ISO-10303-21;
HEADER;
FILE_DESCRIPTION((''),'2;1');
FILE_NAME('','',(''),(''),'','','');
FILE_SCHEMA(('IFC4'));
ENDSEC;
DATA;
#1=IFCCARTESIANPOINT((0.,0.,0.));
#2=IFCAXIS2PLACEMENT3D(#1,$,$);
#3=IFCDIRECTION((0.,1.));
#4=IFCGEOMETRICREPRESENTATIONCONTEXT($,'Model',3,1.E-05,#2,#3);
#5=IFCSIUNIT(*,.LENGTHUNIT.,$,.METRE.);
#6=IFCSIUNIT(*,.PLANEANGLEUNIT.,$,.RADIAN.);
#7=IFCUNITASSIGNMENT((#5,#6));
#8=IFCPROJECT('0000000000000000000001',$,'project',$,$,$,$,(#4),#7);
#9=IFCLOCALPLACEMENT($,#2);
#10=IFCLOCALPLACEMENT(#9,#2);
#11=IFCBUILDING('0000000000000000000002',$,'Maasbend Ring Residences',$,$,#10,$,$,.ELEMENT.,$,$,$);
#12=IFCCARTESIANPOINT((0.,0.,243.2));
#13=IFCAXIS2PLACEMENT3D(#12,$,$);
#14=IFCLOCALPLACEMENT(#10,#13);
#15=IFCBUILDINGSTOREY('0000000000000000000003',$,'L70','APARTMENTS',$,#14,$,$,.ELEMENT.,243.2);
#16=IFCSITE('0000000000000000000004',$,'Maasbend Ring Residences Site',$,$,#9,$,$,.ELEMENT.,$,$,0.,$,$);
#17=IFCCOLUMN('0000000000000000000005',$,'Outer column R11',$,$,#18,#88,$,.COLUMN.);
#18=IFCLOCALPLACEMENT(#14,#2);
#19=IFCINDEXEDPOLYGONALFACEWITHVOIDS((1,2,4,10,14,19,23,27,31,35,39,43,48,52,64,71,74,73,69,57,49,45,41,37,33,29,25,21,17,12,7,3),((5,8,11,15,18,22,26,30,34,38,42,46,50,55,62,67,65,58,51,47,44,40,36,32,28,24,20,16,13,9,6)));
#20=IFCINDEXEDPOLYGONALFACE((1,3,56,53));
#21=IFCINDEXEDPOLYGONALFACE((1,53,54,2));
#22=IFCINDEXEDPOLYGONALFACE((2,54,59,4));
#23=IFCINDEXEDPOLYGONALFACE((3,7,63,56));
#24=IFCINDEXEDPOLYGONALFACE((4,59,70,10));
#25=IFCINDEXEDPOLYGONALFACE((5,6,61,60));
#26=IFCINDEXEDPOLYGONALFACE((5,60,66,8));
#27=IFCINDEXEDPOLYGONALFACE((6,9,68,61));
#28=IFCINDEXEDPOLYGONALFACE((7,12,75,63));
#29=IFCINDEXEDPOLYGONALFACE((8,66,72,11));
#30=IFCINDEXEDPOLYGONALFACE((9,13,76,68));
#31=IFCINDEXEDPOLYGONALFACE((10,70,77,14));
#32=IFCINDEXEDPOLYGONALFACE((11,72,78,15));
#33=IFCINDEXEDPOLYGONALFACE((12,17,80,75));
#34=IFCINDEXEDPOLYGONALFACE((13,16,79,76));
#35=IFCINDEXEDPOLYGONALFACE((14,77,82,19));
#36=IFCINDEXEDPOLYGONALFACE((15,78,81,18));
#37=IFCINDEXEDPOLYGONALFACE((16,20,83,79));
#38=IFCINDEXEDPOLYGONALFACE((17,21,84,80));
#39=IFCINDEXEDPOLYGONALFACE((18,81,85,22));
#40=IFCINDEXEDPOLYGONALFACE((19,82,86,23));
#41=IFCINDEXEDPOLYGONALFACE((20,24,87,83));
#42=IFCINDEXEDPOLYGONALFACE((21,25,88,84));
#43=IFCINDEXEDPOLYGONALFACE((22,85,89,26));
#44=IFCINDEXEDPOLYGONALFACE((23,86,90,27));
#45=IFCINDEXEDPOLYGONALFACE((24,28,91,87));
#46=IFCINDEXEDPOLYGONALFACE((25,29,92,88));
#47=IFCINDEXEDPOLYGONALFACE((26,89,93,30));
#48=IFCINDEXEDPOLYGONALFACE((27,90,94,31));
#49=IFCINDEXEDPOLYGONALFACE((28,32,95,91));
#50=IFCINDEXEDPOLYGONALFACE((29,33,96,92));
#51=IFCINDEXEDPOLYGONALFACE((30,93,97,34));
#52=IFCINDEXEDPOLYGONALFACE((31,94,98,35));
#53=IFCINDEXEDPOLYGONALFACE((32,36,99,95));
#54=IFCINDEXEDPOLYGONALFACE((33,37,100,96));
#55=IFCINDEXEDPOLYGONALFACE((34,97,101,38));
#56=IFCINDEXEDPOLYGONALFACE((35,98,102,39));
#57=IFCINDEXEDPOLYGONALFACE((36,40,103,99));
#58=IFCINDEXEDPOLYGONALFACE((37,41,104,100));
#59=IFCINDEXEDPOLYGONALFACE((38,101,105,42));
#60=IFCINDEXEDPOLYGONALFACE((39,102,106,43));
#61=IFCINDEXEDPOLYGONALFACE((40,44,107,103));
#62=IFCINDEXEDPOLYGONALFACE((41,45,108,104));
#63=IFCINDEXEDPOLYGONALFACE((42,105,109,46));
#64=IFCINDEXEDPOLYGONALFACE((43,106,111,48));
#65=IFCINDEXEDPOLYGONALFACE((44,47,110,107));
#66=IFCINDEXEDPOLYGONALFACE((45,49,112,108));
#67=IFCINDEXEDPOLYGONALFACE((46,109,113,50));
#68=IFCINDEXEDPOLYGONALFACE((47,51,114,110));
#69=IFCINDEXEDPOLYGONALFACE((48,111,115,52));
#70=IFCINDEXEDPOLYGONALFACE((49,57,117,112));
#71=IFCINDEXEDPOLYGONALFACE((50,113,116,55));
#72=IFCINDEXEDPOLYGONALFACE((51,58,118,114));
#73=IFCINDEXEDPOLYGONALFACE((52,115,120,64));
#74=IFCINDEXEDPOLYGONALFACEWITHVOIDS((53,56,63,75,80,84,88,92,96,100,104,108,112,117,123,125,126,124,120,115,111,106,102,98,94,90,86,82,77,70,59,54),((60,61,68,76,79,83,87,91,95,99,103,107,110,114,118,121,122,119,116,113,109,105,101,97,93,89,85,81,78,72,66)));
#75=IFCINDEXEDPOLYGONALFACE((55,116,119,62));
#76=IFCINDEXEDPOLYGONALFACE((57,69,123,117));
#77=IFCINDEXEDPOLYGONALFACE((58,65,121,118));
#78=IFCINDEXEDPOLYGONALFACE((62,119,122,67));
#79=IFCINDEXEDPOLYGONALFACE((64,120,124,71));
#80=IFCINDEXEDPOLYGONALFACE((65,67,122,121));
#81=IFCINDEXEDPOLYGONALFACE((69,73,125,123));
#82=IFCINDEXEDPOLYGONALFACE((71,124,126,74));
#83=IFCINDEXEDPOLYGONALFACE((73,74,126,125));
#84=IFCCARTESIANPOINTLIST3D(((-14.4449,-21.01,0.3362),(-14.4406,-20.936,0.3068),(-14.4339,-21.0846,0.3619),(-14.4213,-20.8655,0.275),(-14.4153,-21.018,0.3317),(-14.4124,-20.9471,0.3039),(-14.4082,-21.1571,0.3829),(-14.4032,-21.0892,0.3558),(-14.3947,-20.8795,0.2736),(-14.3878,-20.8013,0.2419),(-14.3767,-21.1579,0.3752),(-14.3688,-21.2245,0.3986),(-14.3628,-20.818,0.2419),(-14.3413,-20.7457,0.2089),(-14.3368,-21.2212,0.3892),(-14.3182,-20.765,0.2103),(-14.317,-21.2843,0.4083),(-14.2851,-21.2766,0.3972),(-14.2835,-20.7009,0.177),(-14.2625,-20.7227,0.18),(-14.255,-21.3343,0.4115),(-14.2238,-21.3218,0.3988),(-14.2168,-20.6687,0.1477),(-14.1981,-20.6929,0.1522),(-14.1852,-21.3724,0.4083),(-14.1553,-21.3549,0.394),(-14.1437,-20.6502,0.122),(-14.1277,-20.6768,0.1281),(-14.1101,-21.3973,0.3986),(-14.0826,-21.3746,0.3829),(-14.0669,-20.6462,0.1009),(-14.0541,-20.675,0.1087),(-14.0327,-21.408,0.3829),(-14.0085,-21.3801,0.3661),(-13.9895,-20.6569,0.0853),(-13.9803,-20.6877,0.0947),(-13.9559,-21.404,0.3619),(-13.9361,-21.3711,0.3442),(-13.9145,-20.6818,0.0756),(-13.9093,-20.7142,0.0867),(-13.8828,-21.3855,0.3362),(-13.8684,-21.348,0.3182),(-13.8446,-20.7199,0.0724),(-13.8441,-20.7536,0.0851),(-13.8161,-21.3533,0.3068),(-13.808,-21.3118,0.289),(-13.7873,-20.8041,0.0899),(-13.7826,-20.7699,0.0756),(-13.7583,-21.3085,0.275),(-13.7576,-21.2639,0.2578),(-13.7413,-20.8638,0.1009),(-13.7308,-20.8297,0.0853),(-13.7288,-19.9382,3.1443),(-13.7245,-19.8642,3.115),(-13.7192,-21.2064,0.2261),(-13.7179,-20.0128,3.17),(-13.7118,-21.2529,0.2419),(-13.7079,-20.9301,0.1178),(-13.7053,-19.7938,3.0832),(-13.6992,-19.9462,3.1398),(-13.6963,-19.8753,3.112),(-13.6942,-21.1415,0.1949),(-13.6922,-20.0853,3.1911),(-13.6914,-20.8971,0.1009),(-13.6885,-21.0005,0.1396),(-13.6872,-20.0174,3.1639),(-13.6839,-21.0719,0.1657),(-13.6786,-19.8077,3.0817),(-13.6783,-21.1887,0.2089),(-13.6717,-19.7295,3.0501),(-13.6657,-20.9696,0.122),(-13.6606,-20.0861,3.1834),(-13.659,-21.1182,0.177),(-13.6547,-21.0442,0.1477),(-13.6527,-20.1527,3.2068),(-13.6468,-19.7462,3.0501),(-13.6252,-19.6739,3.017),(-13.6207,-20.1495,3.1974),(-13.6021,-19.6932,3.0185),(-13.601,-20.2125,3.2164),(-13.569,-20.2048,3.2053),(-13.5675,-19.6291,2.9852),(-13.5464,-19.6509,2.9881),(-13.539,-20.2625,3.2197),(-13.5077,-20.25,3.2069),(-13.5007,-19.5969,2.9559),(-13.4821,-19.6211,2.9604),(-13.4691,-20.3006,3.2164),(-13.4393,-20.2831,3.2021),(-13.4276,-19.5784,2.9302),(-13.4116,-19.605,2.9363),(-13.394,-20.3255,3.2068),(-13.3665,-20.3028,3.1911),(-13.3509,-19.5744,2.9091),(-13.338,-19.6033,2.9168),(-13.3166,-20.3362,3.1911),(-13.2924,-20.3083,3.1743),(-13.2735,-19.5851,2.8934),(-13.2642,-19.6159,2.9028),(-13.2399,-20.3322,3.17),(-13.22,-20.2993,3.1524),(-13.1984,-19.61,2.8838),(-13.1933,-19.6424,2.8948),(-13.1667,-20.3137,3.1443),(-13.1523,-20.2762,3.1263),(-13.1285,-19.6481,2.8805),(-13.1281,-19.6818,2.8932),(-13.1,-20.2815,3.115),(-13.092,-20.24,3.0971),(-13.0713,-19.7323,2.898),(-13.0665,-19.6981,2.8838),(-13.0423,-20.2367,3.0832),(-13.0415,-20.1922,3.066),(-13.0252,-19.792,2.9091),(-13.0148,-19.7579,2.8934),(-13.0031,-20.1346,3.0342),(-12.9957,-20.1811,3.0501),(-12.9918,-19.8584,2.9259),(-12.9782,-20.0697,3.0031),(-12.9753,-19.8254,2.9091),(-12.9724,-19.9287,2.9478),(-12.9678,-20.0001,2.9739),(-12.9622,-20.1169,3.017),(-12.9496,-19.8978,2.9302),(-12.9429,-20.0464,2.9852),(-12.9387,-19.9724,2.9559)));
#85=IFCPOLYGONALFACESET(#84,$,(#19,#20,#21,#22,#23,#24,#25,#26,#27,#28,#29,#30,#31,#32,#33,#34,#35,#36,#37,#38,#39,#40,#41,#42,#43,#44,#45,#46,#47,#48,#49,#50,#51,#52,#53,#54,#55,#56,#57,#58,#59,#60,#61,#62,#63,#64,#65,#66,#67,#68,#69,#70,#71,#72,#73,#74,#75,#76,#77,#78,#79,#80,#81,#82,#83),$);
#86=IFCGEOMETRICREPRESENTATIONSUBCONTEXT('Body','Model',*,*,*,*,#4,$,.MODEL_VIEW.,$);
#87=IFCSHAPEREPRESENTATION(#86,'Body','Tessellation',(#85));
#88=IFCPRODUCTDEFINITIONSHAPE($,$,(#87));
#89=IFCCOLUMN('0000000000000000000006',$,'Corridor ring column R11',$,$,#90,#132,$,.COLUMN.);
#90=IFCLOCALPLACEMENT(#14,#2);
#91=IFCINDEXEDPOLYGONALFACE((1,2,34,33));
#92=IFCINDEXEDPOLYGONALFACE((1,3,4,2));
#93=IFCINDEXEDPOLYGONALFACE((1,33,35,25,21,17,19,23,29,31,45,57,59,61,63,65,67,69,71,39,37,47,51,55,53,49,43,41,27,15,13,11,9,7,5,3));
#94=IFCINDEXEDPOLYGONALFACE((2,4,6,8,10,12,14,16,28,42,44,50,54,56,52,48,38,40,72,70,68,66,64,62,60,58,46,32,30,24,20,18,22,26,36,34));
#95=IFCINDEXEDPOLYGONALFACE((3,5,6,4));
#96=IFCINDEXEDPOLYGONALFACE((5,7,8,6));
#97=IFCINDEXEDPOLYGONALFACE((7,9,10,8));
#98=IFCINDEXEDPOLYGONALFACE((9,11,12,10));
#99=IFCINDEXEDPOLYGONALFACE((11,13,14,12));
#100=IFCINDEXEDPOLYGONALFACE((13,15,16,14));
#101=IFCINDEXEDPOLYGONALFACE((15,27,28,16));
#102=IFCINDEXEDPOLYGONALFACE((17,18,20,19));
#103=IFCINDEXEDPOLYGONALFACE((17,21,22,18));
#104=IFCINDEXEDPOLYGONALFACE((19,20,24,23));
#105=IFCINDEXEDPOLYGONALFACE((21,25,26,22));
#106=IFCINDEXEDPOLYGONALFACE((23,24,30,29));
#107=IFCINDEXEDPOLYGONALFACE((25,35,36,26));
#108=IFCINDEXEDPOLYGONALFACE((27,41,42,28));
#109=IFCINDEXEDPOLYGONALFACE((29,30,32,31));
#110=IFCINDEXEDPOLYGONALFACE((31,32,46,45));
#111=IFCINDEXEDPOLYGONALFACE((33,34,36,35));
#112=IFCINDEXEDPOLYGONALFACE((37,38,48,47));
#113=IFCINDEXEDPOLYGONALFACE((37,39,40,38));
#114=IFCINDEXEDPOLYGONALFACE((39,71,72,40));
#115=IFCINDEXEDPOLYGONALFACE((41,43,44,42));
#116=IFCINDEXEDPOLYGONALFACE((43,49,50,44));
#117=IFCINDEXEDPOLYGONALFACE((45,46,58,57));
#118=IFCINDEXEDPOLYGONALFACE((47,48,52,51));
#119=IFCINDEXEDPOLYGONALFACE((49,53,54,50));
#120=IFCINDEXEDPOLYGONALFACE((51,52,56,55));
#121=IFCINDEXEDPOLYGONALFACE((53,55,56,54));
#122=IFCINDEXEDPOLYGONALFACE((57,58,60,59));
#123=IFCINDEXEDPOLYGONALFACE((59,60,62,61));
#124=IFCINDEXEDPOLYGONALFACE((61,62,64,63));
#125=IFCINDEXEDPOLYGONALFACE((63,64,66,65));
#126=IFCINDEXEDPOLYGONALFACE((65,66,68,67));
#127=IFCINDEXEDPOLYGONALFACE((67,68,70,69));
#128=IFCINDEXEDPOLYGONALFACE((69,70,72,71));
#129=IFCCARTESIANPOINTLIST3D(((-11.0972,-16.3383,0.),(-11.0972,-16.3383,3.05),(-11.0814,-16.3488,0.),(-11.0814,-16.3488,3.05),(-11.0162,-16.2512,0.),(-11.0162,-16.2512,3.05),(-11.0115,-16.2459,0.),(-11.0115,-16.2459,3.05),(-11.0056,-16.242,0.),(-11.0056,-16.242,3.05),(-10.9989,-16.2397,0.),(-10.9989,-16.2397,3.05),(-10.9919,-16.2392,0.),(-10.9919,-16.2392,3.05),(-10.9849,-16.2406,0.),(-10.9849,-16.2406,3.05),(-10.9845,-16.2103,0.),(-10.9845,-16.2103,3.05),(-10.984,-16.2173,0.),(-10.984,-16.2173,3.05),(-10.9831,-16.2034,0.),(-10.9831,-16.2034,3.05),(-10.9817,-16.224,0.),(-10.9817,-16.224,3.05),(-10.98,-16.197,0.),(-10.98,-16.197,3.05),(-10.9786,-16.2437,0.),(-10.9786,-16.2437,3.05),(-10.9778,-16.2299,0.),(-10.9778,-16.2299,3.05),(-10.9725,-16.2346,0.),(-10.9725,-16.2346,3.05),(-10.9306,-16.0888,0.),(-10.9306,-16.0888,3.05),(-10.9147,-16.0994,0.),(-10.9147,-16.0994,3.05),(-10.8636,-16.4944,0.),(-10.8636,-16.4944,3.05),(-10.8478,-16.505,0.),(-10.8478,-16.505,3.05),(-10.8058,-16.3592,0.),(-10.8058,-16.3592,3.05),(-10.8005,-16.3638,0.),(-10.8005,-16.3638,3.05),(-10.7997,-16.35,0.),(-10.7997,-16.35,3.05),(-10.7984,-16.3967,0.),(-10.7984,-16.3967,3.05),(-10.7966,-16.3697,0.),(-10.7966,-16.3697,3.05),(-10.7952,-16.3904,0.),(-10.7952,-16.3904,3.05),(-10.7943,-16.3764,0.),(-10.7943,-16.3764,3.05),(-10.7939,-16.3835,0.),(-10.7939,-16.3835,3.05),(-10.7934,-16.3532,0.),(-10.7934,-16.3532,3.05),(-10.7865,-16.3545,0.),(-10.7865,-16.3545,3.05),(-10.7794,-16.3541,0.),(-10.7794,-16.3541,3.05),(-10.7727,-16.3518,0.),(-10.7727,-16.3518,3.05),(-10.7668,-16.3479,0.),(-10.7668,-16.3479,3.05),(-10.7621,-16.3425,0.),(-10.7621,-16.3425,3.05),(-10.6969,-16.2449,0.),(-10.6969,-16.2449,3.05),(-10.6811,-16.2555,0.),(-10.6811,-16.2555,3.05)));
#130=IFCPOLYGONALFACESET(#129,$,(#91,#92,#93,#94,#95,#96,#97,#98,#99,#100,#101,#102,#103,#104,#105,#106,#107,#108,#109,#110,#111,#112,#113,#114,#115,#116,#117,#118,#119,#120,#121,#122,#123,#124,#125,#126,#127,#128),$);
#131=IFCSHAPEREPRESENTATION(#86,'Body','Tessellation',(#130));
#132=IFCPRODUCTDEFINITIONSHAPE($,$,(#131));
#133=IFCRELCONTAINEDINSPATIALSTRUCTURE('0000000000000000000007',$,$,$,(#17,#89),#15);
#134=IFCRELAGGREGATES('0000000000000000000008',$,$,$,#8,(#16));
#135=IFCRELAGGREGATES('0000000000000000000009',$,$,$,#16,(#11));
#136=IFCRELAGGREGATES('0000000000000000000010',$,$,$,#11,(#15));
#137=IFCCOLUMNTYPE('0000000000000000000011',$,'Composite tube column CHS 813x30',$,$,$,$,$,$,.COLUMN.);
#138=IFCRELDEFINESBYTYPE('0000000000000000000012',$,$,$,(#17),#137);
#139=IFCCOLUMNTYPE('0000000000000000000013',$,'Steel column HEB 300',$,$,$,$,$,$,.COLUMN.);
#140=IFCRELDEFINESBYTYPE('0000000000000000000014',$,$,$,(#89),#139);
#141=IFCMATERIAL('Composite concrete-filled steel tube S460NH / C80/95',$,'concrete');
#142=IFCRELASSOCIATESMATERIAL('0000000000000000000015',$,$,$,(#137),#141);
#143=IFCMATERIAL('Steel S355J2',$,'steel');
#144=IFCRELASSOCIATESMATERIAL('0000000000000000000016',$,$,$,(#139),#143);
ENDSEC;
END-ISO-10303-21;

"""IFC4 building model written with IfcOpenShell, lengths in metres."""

from ifc_helpers import new_model, si_unit, direction, frame, origin, origin_2d, place, context, subcontext, project, spatial, hollow_circle, i_section, extrude, material, material_profile, profile_set, type_object, element, save


model = new_model("IFC4")

# Units and contexts
model_context = context("Model", 3, precision=1e-05, world=origin(), true_north=direction((0.0, 1.0)))
body_context = subcontext(model_context, "Body", "Model", "MODEL_VIEW")
ifc_project = project(units=[si_unit("LENGTHUNIT", "METRE"), si_unit("PLANEANGLEUNIT", "RADIAN")], contexts=[model_context])

# Site, building, storey
site_placement = place(None, origin())
site = spatial("IfcSite", under=ifc_project, at=site_placement, Name="Maasbend Ring Residences Site", CompositionType="ELEMENT", RefElevation=0.0)
building_placement = place(site_placement, origin())
building = spatial("IfcBuilding", under=site, at=building_placement, Name="Maasbend Ring Residences", CompositionType="ELEMENT")
storey_placement = place(building_placement, frame((0.0, 0.0, 243.2)))
storey = spatial("IfcBuildingStorey", under=building, at=storey_placement, Name="L70", Description="APARTMENTS", CompositionType="ELEMENT", Elevation=243.2)

# Columns
ifc_material_1 = material(Name="Composite concrete-filled steel tube S460NH / C80/95", Category="concrete")
ifc_material_profile_1 = material_profile(ifc_material_1, hollow_circle(Radius=0.4065, WallThickness=0.03, at=origin_2d()), Name="Composite tube column CHS 813x30")
ifc_profile_set_1 = profile_set([ifc_material_profile_1], Name="Composite concrete-filled steel tube S460NH / C80/95")
column_type_1 = type_object("IfcColumnType", Name="Composite tube column CHS 813x30", PredefinedType="COLUMN", material=ifc_profile_set_1)
column_1_placement = place(storey_placement, frame((-14.0498, -21.0271, 0.2419), z_axis=(0.23175, 0.346875, 0.908829), x_axis=(-0.831496, 0.55553, 0.0)))
element("IfcColumn", 1, at=column_1_placement, inside=storey, type_object=column_type_1, Name="Outer column R11", PredefinedType="COLUMN", context=body_context, shape_type="SweptSolid", body=[
    extrude(hollow_circle(Radius=0.4065, WallThickness=0.03, at=origin_2d()), origin(), (0.0, 0.0, 1.0), 3.0898),
])
ifc_material_2 = material(Name="Steel S355J2", Category="steel")
ifc_material_profile_2 = material_profile(ifc_material_2, i_section(OverallWidth=0.3, OverallDepth=0.3, WebThickness=0.011, FlangeThickness=0.019, FilletRadius=0.0271, at=origin_2d()), Name="HEB 300")
ifc_profile_set_2 = profile_set([ifc_material_profile_2], Name="Steel S355J2")
column_type_2 = type_object("IfcColumnType", Name="Steel column HEB 300", PredefinedType="COLUMN", material=ifc_profile_set_2)
column_2_placement = place(storey_placement, frame((-10.8892, -16.2969, 0.0), z_axis=(0.0, 0.0, 1.0), x_axis=(-0.55557, -0.83147, 0.0)))
element("IfcColumn", 2, at=column_2_placement, inside=storey, type_object=column_type_2, Name="Corridor ring column R11", PredefinedType="COLUMN", context=body_context, shape_type="SweptSolid", body=[
    extrude(i_section(OverallWidth=0.3, OverallDepth=0.3, WebThickness=0.011, FlangeThickness=0.019, FilletRadius=0.0271, at=origin_2d()), origin(), (0.0, 0.0, 1.0), 3.05),
])

save(model, "model.ifc")
